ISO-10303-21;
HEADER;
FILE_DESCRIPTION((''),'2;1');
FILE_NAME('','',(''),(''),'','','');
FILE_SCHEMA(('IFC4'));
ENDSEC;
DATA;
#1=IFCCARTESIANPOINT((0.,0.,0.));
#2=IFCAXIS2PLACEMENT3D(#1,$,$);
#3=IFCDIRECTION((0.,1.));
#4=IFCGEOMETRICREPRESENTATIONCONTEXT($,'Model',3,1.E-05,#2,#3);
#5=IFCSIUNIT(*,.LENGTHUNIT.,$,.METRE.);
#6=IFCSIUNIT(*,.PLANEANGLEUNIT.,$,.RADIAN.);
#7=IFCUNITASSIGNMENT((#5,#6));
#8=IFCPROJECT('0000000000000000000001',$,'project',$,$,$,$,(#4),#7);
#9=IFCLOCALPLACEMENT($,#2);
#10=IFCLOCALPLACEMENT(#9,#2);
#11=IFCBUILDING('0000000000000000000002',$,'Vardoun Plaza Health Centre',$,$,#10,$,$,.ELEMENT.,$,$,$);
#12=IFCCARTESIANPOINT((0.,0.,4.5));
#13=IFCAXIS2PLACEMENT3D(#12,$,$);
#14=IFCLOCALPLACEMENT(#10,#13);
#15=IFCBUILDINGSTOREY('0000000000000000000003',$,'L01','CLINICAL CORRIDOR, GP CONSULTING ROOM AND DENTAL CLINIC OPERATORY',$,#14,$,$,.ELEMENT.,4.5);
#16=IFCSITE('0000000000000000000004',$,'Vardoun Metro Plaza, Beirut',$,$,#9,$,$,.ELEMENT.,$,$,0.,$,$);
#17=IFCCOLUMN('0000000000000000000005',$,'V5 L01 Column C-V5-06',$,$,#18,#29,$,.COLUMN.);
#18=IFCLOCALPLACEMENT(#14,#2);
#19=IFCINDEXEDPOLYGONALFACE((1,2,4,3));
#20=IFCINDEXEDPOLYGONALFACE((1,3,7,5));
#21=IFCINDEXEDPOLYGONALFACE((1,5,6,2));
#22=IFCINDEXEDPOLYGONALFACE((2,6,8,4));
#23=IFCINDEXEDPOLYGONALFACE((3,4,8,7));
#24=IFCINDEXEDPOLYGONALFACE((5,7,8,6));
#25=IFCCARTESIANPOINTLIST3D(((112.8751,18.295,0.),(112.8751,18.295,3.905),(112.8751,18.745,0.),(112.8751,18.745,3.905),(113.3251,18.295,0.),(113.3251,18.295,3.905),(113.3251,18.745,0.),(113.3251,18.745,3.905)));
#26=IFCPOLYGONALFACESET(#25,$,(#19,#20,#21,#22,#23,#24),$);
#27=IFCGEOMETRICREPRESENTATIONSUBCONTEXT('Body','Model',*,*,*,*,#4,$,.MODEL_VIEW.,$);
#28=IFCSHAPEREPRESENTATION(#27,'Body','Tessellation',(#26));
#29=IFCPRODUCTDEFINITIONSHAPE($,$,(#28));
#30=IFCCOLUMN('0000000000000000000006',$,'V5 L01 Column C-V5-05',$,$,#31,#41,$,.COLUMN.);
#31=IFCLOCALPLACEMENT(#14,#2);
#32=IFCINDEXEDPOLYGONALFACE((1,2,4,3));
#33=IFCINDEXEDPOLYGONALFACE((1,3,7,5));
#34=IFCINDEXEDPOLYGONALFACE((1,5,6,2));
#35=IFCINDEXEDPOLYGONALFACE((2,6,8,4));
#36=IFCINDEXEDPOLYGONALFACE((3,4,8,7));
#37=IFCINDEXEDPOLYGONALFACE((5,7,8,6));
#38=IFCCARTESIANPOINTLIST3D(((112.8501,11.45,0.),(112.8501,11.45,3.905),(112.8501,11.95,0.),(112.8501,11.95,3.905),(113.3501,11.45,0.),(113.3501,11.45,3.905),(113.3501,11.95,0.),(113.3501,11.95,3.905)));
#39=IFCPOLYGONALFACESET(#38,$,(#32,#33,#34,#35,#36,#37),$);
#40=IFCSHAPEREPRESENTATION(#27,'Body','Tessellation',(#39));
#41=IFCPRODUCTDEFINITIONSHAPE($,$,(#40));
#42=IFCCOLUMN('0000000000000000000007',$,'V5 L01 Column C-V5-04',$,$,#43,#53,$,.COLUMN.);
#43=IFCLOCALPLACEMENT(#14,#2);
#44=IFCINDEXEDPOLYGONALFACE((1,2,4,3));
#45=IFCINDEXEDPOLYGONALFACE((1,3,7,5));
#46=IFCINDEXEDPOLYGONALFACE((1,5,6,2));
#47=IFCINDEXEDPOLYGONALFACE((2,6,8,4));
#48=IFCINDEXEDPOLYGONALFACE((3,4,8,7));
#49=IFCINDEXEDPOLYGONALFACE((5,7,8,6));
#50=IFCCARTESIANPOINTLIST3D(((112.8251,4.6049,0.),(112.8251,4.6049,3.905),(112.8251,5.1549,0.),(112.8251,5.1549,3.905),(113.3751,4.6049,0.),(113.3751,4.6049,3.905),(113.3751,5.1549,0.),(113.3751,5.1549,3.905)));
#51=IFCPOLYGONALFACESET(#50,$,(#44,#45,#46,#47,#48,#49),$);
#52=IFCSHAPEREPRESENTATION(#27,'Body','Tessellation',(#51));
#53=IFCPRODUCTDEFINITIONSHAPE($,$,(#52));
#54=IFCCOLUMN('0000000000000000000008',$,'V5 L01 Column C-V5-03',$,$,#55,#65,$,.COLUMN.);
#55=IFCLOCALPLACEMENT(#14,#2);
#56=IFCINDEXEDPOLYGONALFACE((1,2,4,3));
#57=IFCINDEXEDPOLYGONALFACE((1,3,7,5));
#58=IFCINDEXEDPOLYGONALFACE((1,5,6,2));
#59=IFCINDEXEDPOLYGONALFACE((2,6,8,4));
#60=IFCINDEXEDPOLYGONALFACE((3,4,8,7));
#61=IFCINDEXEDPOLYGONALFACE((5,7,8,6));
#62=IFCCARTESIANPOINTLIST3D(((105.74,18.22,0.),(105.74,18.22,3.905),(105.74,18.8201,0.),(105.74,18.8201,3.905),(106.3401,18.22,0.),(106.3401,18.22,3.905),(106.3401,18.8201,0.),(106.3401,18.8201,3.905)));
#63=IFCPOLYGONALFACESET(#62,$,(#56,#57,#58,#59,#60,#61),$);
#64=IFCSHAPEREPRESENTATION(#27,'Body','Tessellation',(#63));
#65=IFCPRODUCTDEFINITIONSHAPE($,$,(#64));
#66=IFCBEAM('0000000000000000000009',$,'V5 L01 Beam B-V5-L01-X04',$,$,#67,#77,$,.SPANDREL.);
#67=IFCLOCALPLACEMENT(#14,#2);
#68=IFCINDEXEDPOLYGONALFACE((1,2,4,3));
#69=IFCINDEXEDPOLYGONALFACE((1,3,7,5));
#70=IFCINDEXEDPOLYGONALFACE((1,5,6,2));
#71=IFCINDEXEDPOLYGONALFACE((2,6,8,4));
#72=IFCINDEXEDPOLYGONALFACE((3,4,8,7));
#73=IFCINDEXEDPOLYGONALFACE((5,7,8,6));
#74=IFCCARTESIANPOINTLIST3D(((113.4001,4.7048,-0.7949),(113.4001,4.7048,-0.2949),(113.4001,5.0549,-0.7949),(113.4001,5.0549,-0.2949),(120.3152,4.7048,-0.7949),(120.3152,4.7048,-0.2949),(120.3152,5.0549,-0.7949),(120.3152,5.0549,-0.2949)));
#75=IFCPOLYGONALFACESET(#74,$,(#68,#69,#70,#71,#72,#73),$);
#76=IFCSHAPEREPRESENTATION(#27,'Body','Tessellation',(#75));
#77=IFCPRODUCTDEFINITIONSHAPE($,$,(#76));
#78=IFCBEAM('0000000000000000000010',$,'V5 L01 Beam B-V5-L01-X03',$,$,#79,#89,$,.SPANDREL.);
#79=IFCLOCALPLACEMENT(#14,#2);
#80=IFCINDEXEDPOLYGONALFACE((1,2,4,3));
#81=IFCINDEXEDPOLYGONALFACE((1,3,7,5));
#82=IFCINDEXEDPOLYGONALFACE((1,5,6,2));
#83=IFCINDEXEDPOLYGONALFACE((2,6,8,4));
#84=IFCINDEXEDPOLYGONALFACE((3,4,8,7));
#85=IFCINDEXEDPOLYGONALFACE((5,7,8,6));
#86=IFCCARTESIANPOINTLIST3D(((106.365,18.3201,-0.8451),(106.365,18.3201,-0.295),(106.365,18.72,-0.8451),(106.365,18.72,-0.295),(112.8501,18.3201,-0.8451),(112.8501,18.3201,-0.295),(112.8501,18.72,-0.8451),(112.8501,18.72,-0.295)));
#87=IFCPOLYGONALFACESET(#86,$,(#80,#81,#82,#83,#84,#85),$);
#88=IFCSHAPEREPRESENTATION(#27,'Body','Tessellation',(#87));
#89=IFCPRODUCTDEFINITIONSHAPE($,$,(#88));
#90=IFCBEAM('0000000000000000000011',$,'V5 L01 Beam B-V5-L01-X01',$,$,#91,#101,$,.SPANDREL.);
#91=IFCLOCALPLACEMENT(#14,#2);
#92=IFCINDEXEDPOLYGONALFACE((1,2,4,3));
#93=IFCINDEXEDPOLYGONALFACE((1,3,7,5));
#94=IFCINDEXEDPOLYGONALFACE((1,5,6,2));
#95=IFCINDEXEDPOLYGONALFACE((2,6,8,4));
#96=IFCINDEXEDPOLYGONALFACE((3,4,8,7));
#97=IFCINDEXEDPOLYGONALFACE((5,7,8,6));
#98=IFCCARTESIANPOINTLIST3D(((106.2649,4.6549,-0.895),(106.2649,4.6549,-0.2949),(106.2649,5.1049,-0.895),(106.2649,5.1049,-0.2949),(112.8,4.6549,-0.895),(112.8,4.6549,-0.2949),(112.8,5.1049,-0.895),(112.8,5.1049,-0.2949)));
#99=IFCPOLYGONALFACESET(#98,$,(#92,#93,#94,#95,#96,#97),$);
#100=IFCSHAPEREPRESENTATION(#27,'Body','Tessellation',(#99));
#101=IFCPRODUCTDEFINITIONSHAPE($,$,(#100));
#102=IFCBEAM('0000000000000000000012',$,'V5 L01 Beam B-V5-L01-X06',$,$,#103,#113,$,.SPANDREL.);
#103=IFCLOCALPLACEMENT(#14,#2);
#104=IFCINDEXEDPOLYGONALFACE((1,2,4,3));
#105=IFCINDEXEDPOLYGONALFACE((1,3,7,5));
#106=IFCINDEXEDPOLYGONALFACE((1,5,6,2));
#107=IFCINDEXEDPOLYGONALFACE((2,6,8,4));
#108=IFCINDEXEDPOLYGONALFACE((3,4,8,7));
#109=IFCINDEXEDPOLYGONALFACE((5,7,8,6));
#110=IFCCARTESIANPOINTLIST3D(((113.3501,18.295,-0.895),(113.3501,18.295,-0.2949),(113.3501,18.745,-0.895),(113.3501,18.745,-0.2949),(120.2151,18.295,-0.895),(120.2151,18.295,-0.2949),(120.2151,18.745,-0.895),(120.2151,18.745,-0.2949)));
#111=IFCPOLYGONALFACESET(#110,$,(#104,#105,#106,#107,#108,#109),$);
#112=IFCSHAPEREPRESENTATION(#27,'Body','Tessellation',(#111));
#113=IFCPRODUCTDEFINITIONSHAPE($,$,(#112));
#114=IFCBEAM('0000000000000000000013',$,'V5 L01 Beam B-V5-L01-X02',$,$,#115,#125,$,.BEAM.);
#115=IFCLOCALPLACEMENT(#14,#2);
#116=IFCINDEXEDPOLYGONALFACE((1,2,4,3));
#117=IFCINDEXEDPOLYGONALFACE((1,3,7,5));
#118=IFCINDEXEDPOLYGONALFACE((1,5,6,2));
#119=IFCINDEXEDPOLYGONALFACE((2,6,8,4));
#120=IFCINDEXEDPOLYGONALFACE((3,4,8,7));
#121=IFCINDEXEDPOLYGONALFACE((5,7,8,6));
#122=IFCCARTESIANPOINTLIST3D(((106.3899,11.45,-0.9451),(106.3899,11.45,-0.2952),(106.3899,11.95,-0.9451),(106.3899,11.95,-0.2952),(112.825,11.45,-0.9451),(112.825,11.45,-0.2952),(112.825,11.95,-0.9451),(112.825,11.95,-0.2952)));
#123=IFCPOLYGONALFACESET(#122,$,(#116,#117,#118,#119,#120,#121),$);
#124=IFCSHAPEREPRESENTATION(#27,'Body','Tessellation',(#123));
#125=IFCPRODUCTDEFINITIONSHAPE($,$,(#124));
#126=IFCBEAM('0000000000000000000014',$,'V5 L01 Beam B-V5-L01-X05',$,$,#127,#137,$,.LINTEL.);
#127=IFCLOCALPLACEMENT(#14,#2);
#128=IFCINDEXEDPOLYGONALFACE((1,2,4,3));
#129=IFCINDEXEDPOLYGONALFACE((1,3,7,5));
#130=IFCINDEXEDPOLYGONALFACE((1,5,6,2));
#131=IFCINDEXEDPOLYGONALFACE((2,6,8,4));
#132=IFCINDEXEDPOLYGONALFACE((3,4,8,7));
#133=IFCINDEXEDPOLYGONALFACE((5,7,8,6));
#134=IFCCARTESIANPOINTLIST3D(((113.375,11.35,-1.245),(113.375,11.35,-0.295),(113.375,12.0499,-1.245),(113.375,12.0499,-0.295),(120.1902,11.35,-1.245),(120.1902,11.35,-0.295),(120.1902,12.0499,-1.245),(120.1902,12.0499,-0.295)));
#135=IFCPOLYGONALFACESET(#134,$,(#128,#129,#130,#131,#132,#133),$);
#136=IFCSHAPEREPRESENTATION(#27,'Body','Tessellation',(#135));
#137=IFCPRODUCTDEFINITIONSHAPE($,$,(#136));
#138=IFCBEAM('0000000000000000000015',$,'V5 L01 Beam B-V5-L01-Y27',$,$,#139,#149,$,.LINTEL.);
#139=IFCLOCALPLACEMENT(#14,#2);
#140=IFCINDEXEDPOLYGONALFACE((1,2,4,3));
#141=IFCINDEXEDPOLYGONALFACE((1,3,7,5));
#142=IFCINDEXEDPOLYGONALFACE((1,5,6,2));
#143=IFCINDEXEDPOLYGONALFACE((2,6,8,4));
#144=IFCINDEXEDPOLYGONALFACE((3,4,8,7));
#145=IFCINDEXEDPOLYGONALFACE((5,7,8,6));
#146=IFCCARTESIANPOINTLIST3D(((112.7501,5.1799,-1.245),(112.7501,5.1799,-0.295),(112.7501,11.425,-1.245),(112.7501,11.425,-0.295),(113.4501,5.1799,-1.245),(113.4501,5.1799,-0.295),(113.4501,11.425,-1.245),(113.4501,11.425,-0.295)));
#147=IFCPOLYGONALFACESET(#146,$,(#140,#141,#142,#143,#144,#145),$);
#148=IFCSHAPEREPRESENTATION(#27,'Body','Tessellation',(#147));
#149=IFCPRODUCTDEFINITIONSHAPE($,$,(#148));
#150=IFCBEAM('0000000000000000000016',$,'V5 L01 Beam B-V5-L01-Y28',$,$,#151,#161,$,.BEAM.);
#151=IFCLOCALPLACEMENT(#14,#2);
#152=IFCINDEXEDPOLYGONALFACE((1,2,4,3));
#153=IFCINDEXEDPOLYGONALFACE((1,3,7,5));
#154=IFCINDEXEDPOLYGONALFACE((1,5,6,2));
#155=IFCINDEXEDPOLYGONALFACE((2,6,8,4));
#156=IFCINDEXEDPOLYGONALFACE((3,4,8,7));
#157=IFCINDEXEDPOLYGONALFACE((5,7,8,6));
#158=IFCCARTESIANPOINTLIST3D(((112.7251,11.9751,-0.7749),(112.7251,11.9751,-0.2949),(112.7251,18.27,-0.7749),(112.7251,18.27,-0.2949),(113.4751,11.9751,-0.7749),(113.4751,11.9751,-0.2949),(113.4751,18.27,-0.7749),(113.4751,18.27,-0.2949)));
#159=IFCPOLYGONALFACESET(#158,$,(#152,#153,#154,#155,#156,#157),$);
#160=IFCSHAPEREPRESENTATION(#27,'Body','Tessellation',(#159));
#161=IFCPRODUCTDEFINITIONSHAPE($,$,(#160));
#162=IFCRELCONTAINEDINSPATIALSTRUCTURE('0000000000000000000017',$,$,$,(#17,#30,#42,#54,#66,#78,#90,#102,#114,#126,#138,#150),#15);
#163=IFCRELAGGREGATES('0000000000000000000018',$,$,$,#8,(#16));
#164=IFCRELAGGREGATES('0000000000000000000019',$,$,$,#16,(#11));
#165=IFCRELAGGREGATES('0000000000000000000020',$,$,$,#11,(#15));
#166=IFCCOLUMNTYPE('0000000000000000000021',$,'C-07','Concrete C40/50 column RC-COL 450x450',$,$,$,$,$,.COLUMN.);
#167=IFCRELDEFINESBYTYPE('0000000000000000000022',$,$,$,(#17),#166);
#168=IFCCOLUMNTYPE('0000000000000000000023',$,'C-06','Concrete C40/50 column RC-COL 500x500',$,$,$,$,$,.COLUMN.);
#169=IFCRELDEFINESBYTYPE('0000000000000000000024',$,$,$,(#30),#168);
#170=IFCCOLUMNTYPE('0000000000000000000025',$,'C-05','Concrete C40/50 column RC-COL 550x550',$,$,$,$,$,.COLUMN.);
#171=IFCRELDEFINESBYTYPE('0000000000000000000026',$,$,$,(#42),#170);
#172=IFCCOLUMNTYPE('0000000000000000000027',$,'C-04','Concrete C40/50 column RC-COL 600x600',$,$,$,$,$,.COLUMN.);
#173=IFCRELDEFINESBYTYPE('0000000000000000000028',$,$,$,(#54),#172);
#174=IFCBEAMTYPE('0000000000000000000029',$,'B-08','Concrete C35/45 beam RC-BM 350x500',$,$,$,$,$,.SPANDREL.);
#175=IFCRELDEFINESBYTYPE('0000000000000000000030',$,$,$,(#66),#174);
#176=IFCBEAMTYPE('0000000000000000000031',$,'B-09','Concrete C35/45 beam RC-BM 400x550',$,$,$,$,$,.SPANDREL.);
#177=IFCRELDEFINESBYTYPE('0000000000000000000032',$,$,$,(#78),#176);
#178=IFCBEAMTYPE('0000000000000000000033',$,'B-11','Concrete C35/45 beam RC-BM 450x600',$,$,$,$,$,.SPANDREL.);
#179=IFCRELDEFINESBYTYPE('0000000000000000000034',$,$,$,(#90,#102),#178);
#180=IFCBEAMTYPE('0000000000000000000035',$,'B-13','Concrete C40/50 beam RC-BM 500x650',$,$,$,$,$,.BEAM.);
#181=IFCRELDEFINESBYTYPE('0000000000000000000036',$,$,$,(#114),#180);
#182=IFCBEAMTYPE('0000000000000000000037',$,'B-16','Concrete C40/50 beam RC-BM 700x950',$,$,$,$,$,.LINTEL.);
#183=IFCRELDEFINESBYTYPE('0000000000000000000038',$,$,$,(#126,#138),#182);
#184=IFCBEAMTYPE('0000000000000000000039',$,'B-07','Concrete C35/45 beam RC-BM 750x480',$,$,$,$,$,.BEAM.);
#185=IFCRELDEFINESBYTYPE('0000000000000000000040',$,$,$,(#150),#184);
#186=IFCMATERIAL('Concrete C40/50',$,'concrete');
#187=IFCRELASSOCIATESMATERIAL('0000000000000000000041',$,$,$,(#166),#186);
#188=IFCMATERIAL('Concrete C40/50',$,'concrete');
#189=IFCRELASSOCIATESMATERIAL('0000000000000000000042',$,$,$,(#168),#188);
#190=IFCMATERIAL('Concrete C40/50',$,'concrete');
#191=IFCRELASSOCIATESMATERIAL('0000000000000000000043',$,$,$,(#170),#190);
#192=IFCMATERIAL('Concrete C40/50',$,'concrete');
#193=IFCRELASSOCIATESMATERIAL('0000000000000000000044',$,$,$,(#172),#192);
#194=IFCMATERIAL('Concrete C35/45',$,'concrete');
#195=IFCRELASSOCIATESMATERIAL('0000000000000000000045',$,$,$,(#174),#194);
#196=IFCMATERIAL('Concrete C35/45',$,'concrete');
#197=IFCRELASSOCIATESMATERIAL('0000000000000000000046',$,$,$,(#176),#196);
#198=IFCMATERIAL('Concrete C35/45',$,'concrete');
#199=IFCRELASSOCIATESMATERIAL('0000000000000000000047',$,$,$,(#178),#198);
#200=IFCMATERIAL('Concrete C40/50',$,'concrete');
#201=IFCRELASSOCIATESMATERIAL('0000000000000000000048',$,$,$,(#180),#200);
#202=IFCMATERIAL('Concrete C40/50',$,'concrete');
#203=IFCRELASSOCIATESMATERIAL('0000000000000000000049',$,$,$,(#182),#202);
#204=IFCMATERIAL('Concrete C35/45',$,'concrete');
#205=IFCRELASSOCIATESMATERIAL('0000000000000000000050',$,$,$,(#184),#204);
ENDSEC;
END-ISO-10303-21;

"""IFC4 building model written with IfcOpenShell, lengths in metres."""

from ifc_helpers import new_model, si_unit, direction, frame, origin, origin_2d, place, context, subcontext, project, spatial, rectangle, extrude, material, material_profile, profile_set, type_object, element, save


model = new_model("IFC4")

# Units and contexts
model_context = context("Model", 3, precision=1e-05, world=origin(), true_north=direction((0.0, 1.0)))
body_context = subcontext(model_context, "Body", "Model", "MODEL_VIEW")
ifc_project = project(units=[si_unit("LENGTHUNIT", "METRE"), si_unit("PLANEANGLEUNIT", "RADIAN")], contexts=[model_context])

# Site, building, storey
site_placement = place(None, origin())
site = spatial("IfcSite", under=ifc_project, at=site_placement, Name="Vardoun Metro Plaza, Beirut", CompositionType="ELEMENT", RefElevation=0.0)
building_placement = place(site_placement, origin())
building = spatial("IfcBuilding", under=site, at=building_placement, Name="Vardoun Plaza Health Centre", CompositionType="ELEMENT")
storey_placement = place(building_placement, frame((0.0, 0.0, 4.5)))
storey = spatial("IfcBuildingStorey", under=building, at=storey_placement, Name="L01", Description="CLINICAL CORRIDOR, GP CONSULTING ROOM AND DENTAL CLINIC OPERATORY", CompositionType="ELEMENT", Elevation=4.5)

# Columns
ifc_material_1 = material(Name="Concrete C40/50", Category="concrete")
ifc_material_profile_1 = material_profile(ifc_material_1, rectangle(XDim=0.45, YDim=0.45, at=origin_2d()), Name="RC-COL 450x450")
ifc_profile_set_1 = profile_set([ifc_material_profile_1], Name="Concrete C40/50")
column_type_1 = type_object("IfcColumnType", Name="C-07", Description="Concrete C40/50 column RC-COL 450x450", PredefinedType="COLUMN", material=ifc_profile_set_1)
column_1_placement = place(storey_placement, frame((113.1001, 18.52, 0.0), z_axis=(0.0, 0.0, 1.0), x_axis=(1.0, 0.0, 0.0)))
element("IfcColumn", 1, at=column_1_placement, inside=storey, type_object=column_type_1, Name="V5 L01 Column C-V5-06", PredefinedType="COLUMN", context=body_context, shape_type="SweptSolid", body=[
    extrude(rectangle(XDim=0.45, YDim=0.45, at=origin_2d()), origin(), (0.0, 0.0, 1.0), 3.905),
])
ifc_material_2 = material(Name="Concrete C40/50", Category="concrete")
ifc_material_profile_2 = material_profile(ifc_material_2, rectangle(XDim=0.5, YDim=0.5, at=origin_2d()), Name="RC-COL 500x500")
ifc_profile_set_2 = profile_set([ifc_material_profile_2], Name="Concrete C40/50")
column_type_2 = type_object("IfcColumnType", Name="C-06", Description="Concrete C40/50 column RC-COL 500x500", PredefinedType="COLUMN", material=ifc_profile_set_2)
column_2_placement = place(storey_placement, frame((113.1001, 11.7, 0.0), z_axis=(0.0, 0.0, 1.0), x_axis=(1.0, 0.0, 0.0)))
element("IfcColumn", 2, at=column_2_placement, inside=storey, type_object=column_type_2, Name="V5 L01 Column C-V5-05", PredefinedType="COLUMN", context=body_context, shape_type="SweptSolid", body=[
    extrude(rectangle(XDim=0.5, YDim=0.5, at=origin_2d()), origin(), (0.0, 0.0, 1.0), 3.905),
])
ifc_material_3 = material(Name="Concrete C40/50", Category="concrete")
ifc_material_profile_3 = material_profile(ifc_material_3, rectangle(XDim=0.55, YDim=0.55, at=origin_2d()), Name="RC-COL 550x550")
ifc_profile_set_3 = profile_set([ifc_material_profile_3], Name="Concrete C40/50")
column_type_3 = type_object("IfcColumnType", Name="C-05", Description="Concrete C40/50 column RC-COL 550x550", PredefinedType="COLUMN", material=ifc_profile_set_3)
column_3_placement = place(storey_placement, frame((113.1001, 4.8799, 0.0), z_axis=(0.0, 0.0, 1.0), x_axis=(1.0, 0.0, 0.0)))
element("IfcColumn", 3, at=column_3_placement, inside=storey, type_object=column_type_3, Name="V5 L01 Column C-V5-04", PredefinedType="COLUMN", context=body_context, shape_type="SweptSolid", body=[
    extrude(rectangle(XDim=0.55, YDim=0.55, at=origin_2d()), origin(), (0.0, 0.0, 1.0), 3.905),
])
ifc_material_4 = material(Name="Concrete C40/50", Category="concrete")
ifc_material_profile_4 = material_profile(ifc_material_4, rectangle(XDim=0.6001, YDim=0.6001, at=origin_2d()), Name="RC-COL 600x600")
ifc_profile_set_4 = profile_set([ifc_material_profile_4], Name="Concrete C40/50")
column_type_4 = type_object("IfcColumnType", Name="C-04", Description="Concrete C40/50 column RC-COL 600x600", PredefinedType="COLUMN", material=ifc_profile_set_4)
column_4_placement = place(storey_placement, frame((106.04, 18.52, 0.0), z_axis=(0.0, 0.0, 1.0), x_axis=(1.0, 0.0, 0.0)))
element("IfcColumn", 4, at=column_4_placement, inside=storey, type_object=column_type_4, Name="V5 L01 Column C-V5-03", PredefinedType="COLUMN", context=body_context, shape_type="SweptSolid", body=[
    extrude(rectangle(XDim=0.6001, YDim=0.6001, at=origin_2d()), origin(), (0.0, 0.0, 1.0), 3.905),
])

# Beams
ifc_material_5 = material(Name="Concrete C35/45", Category="concrete")
ifc_material_profile_5 = material_profile(ifc_material_5, rectangle(XDim=0.3501, YDim=0.5, at=origin_2d()), Name="RC-BM 350x500")
ifc_profile_set_5 = profile_set([ifc_material_profile_5], Name="Concrete C35/45")
beam_type_1 = type_object("IfcBeamType", Name="B-08", Description="Concrete C35/45 beam RC-BM 350x500", PredefinedType="SPANDREL", material=ifc_profile_set_5)
beam_1_placement = place(storey_placement, frame((113.4001, 4.8799, -0.5449), z_axis=(1.0, 0.0, 0.0), x_axis=(0.0, 1.0, 0.0)))
element("IfcBeam", 5, at=beam_1_placement, inside=storey, type_object=beam_type_1, Name="V5 L01 Beam B-V5-L01-X04", PredefinedType="SPANDREL", context=body_context, shape_type="SweptSolid", body=[
    extrude(rectangle(XDim=0.3501, YDim=0.5, at=origin_2d()), origin(), (0.0, 0.0, 1.0), 6.915),
])
ifc_material_6 = material(Name="Concrete C35/45", Category="concrete")
ifc_material_profile_6 = material_profile(ifc_material_6, rectangle(XDim=0.3999, YDim=0.55, at=origin_2d()), Name="RC-BM 400x550")
ifc_profile_set_6 = profile_set([ifc_material_profile_6], Name="Concrete C35/45")
beam_type_2 = type_object("IfcBeamType", Name="B-09", Description="Concrete C35/45 beam RC-BM 400x550", PredefinedType="SPANDREL", material=ifc_profile_set_6)
beam_2_placement = place(storey_placement, frame((106.365, 18.52, -0.5701), z_axis=(1.0, 0.0, 0.0), x_axis=(0.0, 1.0, 0.0)))
element("IfcBeam", 6, at=beam_2_placement, inside=storey, type_object=beam_type_2, Name="V5 L01 Beam B-V5-L01-X03", PredefinedType="SPANDREL", context=body_context, shape_type="SweptSolid", body=[
    extrude(rectangle(XDim=0.3999, YDim=0.55, at=origin_2d()), origin(), (0.0, 0.0, 1.0), 6.4851),
])
ifc_material_7 = material(Name="Concrete C35/45", Category="concrete")
ifc_material_profile_7 = material_profile(ifc_material_7, rectangle(XDim=0.45, YDim=0.6001, at=origin_2d()), Name="RC-BM 450x600")
ifc_profile_set_7 = profile_set([ifc_material_profile_7], Name="Concrete C35/45")
beam_type_3 = type_object("IfcBeamType", Name="B-11", Description="Concrete C35/45 beam RC-BM 450x600", PredefinedType="SPANDREL", material=ifc_profile_set_7)
beam_3_placement = place(storey_placement, frame((106.2649, 4.8799, -0.595), z_axis=(1.0, 0.0, 0.0), x_axis=(0.0, 1.0, 0.0)))
element("IfcBeam", 7, at=beam_3_placement, inside=storey, type_object=beam_type_3, Name="V5 L01 Beam B-V5-L01-X01", PredefinedType="SPANDREL", context=body_context, shape_type="SweptSolid", body=[
    extrude(rectangle(XDim=0.45, YDim=0.6001, at=origin_2d()), origin(), (0.0, 0.0, 1.0), 6.5352),
])
beam_4_placement = place(storey_placement, frame((113.3501, 18.52, -0.595), z_axis=(1.0, 0.0, 0.0), x_axis=(0.0, 1.0, 0.0)))
element("IfcBeam", 8, at=beam_4_placement, inside=storey, type_object=beam_type_3, Name="V5 L01 Beam B-V5-L01-X06", PredefinedType="SPANDREL", context=body_context, shape_type="SweptSolid", body=[
    extrude(rectangle(XDim=0.45, YDim=0.6001, at=origin_2d()), origin(), (0.0, 0.0, 1.0), 6.865),
])
ifc_material_8 = material(Name="Concrete C40/50", Category="concrete")
ifc_material_profile_8 = material_profile(ifc_material_8, rectangle(XDim=0.5, YDim=0.6499, at=origin_2d()), Name="RC-BM 500x650")
ifc_profile_set_8 = profile_set([ifc_material_profile_8], Name="Concrete C40/50")
beam_type_4 = type_object("IfcBeamType", Name="B-13", Description="Concrete C40/50 beam RC-BM 500x650", PredefinedType="BEAM", material=ifc_profile_set_8)
beam_5_placement = place(storey_placement, frame((106.3899, 11.7, -0.6201), z_axis=(1.0, 0.0, 0.0), x_axis=(0.0, 1.0, 0.0)))
element("IfcBeam", 9, at=beam_5_placement, inside=storey, type_object=beam_type_4, Name="V5 L01 Beam B-V5-L01-X02", PredefinedType="BEAM", context=body_context, shape_type="SweptSolid", body=[
    extrude(rectangle(XDim=0.5, YDim=0.6499, at=origin_2d()), origin(), (0.0, 0.0, 1.0), 6.4351),
])
ifc_material_9 = material(Name="Concrete C40/50", Category="concrete")
ifc_material_profile_9 = material_profile(ifc_material_9, rectangle(XDim=0.7, YDim=0.95, at=origin_2d()), Name="RC-BM 700x950")
ifc_profile_set_9 = profile_set([ifc_material_profile_9], Name="Concrete C40/50")
beam_type_5 = type_object("IfcBeamType", Name="B-16", Description="Concrete C40/50 beam RC-BM 700x950", PredefinedType="LINTEL", material=ifc_profile_set_9)
beam_6_placement = place(storey_placement, frame((113.375, 11.7, -0.77), z_axis=(1.0, 0.0, 0.0), x_axis=(0.0, 1.0, 0.0)))
element("IfcBeam", 10, at=beam_6_placement, inside=storey, type_object=beam_type_5, Name="V5 L01 Beam B-V5-L01-X05", PredefinedType="LINTEL", context=body_context, shape_type="SweptSolid", body=[
    extrude(rectangle(XDim=0.7, YDim=0.95, at=origin_2d()), origin(), (0.0, 0.0, 1.0), 6.8152),
])
beam_7_placement = place(storey_placement, frame((113.1001, 5.1799, -0.77), z_axis=(0.0, 1.0, 0.0), x_axis=(-1.0, 0.0, 0.0)))
element("IfcBeam", 11, at=beam_7_placement, inside=storey, type_object=beam_type_5, Name="V5 L01 Beam B-V5-L01-Y27", PredefinedType="LINTEL", context=body_context, shape_type="SweptSolid", body=[
    extrude(rectangle(XDim=0.7, YDim=0.95, at=origin_2d()), origin(), (0.0, 0.0, 1.0), 6.2451),
])
ifc_material_10 = material(Name="Concrete C35/45", Category="concrete")
ifc_material_profile_10 = material_profile(ifc_material_10, rectangle(XDim=0.75, YDim=0.48, at=origin_2d()), Name="RC-BM 750x480")
ifc_profile_set_10 = profile_set([ifc_material_profile_10], Name="Concrete C35/45")
beam_type_6 = type_object("IfcBeamType", Name="B-07", Description="Concrete C35/45 beam RC-BM 750x480", PredefinedType="BEAM", material=ifc_profile_set_10)
beam_8_placement = place(storey_placement, frame((113.1001, 11.9751, -0.5349), z_axis=(0.0, 1.0, 0.0), x_axis=(-1.0, 0.0, 0.0)))
element("IfcBeam", 12, at=beam_8_placement, inside=storey, type_object=beam_type_6, Name="V5 L01 Beam B-V5-L01-Y28", PredefinedType="BEAM", context=body_context, shape_type="SweptSolid", body=[
    extrude(rectangle(XDim=0.75, YDim=0.48, at=origin_2d()), origin(), (0.0, 0.0, 1.0), 6.2949),
])

save(model, "model.ifc")
